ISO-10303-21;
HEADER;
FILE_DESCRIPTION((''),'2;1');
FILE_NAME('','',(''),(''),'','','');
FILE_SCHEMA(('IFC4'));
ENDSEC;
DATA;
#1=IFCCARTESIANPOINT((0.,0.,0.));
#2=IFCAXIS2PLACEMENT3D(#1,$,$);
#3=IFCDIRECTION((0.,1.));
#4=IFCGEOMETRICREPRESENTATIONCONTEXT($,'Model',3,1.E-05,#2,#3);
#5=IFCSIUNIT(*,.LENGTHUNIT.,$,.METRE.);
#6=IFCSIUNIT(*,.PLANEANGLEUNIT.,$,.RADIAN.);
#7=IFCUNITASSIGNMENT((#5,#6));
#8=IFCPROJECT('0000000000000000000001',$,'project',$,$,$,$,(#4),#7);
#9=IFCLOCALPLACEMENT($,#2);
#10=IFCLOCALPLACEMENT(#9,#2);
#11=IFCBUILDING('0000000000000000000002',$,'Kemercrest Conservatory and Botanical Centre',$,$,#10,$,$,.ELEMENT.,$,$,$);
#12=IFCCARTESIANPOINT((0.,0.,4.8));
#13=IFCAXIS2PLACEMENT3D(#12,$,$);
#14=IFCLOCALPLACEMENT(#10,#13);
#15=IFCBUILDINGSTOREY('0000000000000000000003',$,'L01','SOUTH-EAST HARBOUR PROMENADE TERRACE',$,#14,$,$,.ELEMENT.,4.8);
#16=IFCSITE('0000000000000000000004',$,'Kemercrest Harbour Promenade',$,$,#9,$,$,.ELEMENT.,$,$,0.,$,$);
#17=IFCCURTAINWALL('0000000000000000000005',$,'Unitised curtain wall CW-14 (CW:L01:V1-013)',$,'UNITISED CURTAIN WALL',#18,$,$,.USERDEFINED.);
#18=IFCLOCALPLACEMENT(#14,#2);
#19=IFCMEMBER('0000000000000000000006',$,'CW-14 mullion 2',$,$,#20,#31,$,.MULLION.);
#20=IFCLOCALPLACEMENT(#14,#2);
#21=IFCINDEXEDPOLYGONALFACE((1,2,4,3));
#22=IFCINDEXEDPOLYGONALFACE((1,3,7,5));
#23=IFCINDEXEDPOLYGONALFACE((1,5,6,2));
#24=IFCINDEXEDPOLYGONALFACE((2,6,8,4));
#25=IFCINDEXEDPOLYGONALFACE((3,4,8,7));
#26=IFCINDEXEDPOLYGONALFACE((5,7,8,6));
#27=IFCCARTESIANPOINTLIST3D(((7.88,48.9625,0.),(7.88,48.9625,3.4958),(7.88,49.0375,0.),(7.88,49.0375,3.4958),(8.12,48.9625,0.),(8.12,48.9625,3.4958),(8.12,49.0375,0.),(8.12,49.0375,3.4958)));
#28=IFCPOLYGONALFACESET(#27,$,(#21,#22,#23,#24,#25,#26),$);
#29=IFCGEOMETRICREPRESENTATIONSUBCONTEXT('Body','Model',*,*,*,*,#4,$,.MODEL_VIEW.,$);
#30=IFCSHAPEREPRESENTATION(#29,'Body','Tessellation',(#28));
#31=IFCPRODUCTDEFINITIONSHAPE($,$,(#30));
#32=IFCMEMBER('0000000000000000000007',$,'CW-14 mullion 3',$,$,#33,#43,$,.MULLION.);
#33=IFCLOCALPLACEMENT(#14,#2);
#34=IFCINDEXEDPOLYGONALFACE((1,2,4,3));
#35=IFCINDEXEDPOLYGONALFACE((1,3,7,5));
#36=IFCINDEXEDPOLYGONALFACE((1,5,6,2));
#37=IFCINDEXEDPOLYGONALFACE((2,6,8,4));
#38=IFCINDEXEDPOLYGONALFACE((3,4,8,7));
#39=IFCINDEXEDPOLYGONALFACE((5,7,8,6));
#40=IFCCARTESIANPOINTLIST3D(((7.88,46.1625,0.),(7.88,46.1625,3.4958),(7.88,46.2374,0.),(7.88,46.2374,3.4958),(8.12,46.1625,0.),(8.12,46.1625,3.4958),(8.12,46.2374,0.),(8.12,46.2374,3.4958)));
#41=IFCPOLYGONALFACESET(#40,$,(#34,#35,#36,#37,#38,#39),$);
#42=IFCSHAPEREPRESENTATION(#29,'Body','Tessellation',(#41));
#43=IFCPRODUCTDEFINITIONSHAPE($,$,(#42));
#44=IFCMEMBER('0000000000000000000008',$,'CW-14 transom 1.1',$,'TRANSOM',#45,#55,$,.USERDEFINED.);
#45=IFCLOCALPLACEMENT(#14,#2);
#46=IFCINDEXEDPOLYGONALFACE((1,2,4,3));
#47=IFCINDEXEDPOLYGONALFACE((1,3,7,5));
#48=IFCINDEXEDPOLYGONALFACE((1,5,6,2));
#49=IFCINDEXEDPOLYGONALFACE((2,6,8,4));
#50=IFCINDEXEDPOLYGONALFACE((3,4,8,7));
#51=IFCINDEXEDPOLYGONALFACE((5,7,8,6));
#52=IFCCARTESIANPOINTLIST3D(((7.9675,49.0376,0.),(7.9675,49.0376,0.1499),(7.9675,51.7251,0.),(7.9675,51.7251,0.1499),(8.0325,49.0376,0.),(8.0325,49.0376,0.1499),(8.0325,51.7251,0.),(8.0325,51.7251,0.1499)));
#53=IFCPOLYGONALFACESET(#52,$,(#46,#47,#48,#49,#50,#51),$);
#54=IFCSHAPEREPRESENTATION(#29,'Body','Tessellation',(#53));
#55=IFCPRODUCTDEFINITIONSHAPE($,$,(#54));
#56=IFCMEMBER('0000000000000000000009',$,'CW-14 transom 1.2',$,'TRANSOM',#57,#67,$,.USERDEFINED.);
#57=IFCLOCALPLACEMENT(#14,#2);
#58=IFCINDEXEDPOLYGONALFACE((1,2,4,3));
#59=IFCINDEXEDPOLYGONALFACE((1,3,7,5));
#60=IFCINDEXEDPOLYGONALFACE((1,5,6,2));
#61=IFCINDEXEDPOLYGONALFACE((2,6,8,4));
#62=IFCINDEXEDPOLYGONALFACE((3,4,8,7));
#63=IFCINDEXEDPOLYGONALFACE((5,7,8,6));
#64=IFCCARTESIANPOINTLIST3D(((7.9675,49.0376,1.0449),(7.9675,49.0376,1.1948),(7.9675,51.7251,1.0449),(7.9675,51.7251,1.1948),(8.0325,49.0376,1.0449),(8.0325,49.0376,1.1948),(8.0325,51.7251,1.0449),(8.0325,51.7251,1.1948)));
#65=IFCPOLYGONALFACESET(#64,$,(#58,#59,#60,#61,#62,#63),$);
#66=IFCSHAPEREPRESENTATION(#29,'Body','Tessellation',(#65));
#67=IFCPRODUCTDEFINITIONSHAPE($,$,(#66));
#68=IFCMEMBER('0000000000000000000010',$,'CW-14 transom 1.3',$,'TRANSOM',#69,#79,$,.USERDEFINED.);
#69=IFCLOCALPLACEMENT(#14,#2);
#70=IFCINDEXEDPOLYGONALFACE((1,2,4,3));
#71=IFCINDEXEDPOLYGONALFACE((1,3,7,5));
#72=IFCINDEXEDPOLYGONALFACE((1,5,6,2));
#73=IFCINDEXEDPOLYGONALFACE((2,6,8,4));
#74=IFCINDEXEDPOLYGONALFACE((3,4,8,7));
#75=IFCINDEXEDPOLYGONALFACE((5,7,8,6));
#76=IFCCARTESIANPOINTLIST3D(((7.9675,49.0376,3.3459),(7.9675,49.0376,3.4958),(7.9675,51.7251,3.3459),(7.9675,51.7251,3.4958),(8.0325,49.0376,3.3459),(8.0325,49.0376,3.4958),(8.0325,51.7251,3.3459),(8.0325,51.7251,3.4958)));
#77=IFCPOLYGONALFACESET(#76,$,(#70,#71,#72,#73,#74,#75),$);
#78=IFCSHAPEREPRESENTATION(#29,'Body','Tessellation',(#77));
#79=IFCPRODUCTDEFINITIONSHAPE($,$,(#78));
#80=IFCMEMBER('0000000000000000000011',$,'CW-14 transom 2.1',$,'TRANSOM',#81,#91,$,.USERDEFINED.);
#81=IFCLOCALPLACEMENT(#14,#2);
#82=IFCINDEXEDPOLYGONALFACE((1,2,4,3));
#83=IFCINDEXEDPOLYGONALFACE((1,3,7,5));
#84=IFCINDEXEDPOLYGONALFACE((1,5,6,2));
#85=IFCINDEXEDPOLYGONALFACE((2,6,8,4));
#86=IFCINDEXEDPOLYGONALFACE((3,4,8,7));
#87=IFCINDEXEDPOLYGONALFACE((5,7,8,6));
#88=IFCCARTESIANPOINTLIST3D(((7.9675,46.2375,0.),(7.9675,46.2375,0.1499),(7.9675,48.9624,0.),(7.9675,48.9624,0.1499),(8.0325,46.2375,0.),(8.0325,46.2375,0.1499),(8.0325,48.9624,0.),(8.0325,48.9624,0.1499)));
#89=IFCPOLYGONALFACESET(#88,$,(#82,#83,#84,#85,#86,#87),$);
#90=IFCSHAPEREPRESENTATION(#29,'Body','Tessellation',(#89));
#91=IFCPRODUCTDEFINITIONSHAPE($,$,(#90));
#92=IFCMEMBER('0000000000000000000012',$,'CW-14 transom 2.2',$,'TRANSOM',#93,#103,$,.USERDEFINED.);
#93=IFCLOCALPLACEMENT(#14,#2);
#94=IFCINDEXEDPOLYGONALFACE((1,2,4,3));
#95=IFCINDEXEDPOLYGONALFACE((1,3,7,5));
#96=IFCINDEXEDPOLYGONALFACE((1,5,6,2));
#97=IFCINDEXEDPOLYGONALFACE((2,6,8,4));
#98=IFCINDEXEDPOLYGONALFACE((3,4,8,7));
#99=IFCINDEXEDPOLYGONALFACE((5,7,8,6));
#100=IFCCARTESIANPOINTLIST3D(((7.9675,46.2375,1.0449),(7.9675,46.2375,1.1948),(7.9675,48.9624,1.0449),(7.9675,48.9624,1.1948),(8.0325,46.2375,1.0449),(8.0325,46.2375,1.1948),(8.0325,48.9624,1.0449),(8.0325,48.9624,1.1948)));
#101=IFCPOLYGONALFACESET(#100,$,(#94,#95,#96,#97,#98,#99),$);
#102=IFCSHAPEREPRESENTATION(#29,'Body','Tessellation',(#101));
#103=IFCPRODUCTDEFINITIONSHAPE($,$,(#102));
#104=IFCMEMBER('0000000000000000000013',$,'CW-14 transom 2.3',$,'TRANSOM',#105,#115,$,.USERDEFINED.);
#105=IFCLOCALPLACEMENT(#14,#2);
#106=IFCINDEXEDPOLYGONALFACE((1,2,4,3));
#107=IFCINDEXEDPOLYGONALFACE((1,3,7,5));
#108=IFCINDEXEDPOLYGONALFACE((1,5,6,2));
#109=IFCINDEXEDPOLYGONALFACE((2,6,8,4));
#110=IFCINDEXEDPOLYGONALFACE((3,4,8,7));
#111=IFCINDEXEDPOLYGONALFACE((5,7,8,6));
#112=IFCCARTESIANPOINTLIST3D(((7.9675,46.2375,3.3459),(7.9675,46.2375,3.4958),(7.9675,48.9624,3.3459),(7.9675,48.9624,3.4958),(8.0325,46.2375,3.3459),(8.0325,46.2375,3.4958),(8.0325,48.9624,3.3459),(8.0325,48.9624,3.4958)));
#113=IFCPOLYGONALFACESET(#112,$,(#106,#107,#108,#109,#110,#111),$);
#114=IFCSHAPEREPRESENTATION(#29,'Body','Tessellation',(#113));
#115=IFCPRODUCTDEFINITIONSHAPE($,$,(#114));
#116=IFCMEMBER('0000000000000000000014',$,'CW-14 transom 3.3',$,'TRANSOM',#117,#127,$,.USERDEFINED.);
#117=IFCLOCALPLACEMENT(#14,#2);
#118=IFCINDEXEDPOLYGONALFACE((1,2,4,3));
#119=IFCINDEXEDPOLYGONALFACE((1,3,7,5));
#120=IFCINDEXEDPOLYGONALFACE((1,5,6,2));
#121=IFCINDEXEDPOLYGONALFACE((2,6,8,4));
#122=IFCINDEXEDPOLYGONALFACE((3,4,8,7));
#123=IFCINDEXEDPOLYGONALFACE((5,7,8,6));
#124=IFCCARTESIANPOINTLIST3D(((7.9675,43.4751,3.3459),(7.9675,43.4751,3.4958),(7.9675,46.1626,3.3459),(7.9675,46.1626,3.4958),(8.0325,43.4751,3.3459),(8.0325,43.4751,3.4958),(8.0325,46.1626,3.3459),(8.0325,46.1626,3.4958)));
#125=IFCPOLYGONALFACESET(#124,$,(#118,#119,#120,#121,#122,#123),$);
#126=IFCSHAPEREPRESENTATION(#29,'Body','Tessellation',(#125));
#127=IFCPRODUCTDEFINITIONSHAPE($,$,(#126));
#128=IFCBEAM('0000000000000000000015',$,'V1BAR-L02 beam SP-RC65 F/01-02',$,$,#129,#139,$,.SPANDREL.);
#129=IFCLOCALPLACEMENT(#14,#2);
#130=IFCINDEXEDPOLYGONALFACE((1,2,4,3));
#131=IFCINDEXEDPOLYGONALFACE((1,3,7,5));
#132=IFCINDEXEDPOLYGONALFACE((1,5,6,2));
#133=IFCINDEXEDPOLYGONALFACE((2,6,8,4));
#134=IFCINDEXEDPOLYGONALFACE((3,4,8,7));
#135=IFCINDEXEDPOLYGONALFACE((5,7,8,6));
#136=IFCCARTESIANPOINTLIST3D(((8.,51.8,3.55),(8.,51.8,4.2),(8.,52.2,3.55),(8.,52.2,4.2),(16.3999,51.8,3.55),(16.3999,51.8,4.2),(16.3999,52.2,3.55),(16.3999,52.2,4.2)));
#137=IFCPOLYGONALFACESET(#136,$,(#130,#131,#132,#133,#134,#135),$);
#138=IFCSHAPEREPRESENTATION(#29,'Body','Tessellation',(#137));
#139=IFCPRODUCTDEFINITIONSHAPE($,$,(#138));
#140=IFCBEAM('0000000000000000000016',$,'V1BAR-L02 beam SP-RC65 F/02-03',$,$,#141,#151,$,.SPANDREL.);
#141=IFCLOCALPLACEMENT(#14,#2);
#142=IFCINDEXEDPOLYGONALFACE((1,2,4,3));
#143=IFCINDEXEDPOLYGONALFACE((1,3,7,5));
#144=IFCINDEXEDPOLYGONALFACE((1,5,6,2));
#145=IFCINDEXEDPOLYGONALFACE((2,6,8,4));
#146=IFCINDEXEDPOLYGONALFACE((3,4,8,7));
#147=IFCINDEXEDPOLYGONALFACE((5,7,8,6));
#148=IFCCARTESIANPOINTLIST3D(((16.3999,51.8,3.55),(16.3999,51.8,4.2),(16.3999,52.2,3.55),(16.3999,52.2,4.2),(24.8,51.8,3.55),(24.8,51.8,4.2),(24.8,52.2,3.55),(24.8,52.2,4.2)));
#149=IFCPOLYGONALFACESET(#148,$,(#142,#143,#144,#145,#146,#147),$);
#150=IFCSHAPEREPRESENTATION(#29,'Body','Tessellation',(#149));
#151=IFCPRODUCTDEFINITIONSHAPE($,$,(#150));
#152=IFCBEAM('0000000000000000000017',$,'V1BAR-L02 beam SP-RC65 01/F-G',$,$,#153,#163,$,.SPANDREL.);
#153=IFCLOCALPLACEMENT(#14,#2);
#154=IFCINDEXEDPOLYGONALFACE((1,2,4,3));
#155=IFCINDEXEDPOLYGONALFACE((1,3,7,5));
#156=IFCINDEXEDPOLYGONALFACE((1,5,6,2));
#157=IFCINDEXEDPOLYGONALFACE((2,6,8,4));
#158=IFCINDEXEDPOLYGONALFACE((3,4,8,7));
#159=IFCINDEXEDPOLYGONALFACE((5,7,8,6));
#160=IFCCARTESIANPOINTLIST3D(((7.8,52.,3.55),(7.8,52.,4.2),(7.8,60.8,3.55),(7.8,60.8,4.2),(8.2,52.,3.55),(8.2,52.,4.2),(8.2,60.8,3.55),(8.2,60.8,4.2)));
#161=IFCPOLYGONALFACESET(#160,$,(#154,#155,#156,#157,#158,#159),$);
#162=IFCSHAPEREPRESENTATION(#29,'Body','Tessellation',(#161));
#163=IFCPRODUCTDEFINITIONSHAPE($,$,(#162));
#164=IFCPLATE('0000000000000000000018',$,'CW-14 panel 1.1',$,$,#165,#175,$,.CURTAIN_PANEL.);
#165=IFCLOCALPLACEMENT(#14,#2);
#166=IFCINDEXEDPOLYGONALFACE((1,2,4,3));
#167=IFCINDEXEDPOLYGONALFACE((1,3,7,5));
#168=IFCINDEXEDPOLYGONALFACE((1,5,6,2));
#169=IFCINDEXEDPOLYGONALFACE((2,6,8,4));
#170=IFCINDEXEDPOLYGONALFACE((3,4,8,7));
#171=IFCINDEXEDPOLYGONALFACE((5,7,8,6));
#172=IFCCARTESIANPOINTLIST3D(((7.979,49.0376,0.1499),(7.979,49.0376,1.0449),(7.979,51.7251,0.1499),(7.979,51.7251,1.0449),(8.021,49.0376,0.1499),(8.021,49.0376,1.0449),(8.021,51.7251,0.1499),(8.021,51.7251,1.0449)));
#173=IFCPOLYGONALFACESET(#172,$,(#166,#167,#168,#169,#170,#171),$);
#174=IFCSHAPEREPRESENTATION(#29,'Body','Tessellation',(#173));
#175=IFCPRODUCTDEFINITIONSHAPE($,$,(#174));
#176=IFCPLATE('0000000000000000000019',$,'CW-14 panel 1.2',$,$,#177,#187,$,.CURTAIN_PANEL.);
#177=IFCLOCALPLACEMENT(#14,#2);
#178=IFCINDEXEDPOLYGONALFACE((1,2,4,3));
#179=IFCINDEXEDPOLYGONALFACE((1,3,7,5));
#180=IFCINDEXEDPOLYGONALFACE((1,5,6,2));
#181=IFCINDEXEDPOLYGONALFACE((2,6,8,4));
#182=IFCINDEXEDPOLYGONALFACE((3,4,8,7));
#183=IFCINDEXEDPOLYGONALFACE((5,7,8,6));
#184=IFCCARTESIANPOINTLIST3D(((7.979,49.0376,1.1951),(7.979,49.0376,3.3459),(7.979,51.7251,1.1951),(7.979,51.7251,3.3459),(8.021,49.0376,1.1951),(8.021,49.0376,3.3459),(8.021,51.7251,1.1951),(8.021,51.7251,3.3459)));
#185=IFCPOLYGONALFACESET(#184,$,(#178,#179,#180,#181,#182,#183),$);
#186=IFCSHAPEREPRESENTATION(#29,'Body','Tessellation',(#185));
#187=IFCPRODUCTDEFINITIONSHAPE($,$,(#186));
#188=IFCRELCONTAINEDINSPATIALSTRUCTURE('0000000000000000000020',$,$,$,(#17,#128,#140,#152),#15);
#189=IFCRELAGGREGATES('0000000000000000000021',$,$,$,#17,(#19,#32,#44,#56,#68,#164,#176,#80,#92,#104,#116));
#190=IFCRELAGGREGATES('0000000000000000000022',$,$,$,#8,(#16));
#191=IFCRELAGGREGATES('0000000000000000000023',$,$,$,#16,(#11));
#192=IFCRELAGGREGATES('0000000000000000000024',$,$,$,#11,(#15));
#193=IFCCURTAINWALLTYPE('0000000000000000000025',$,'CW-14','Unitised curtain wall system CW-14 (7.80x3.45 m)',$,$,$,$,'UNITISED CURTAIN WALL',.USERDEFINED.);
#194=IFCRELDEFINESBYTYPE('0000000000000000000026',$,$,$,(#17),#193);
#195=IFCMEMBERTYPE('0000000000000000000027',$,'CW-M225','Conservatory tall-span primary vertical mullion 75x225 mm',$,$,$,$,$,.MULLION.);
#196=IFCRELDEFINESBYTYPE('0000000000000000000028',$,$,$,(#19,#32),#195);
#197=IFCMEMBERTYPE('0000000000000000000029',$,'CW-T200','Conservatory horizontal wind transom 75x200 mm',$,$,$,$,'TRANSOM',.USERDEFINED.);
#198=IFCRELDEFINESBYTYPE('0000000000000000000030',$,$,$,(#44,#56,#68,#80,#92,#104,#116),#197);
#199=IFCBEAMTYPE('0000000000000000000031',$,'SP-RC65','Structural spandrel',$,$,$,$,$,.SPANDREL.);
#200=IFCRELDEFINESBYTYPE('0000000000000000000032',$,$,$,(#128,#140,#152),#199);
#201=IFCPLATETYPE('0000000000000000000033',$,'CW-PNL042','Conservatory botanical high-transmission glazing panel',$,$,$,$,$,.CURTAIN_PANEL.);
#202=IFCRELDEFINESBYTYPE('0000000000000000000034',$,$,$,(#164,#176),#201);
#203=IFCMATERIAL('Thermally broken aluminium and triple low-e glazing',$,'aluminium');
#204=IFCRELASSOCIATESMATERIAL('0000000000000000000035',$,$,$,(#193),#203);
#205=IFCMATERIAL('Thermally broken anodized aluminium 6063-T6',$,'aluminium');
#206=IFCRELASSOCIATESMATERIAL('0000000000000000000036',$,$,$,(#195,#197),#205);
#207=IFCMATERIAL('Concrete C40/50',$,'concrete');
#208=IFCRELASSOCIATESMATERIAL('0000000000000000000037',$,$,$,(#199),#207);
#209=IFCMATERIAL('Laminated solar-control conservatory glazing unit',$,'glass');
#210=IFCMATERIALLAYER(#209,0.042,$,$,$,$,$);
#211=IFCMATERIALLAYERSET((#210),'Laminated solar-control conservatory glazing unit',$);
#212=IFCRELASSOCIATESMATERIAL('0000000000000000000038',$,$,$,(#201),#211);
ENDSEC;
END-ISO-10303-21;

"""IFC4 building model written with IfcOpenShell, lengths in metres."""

from ifc_helpers import new_model, si_unit, direction, frame, origin, origin_2d, place, context, subcontext, project, spatial, rectangle, extrude, material, layer, layer_set, material_profile, profile_set, type_object, element, aggregate, save


model = new_model("IFC4")

# Units and contexts
model_context = context("Model", 3, precision=1e-05, world=origin(), true_north=direction((0.0, 1.0)))
body_context = subcontext(model_context, "Body", "Model", "MODEL_VIEW")
ifc_project = project(units=[si_unit("LENGTHUNIT", "METRE"), si_unit("PLANEANGLEUNIT", "RADIAN")], contexts=[model_context])

# Site, building, storey
site_placement = place(None, origin())
site = spatial("IfcSite", under=ifc_project, at=site_placement, Name="Kemercrest Harbour Promenade", CompositionType="ELEMENT", RefElevation=0.0)
building_placement = place(site_placement, origin())
building = spatial("IfcBuilding", under=site, at=building_placement, Name="Kemercrest Conservatory and Botanical Centre", CompositionType="ELEMENT")
storey_placement = place(building_placement, frame((0.0, 0.0, 4.8)))
storey = spatial("IfcBuildingStorey", under=building, at=storey_placement, Name="L01", Description="SOUTH-EAST HARBOUR PROMENADE TERRACE", CompositionType="ELEMENT", Elevation=4.8)

# Shared definitions
ifc_material_1 = material(Name="Concrete C40/50", Category="concrete")

# Curtain wall, members
ifc_material_2 = material(Name="Thermally broken aluminium and triple low-e glazing", Category="aluminium")
curtain_wall_type = type_object("IfcCurtainWallType", Name="CW-14", Description="Unitised curtain wall system CW-14 (7.80x3.45 m)", ElementType="UNITISED CURTAIN WALL", PredefinedType="USERDEFINED", material=ifc_material_2)
curtain_wall_placement = place(storey_placement, origin())
curtain_wall = element("IfcCurtainWall", 1, at=curtain_wall_placement, inside=storey, type_object=curtain_wall_type, Name="Unitised curtain wall CW-14 (CW:L01:V1-013)", ObjectType="UNITISED CURTAIN WALL", PredefinedType="USERDEFINED")
ifc_material_3 = material(Name="Thermally broken anodized aluminium 6063-T6", Category="aluminium")
ifc_material_profile_1 = material_profile(ifc_material_3, rectangle(XDim=0.24, YDim=0.075, at=origin_2d()), Name="AL MULLION 75x240")
ifc_profile_set_1 = profile_set([ifc_material_profile_1], Name="Thermally broken anodized aluminium 6063-T6")
member_type_1 = type_object("IfcMemberType", Name="CW-M225", Description="Conservatory tall-span primary vertical mullion 75x225 mm", PredefinedType="MULLION", material=ifc_profile_set_1)
member_1_placement = place(storey_placement, frame((8.0, 49.0, 0.0), z_axis=(0.0, 0.0, 1.0), x_axis=(1.0, 0.0, 0.0)))
member_1 = element("IfcMember", 2, at=member_1_placement, type_object=member_type_1, Name="CW-14 mullion 2", PredefinedType="MULLION", context=body_context, shape_type="SweptSolid", body=[
    extrude(rectangle(XDim=0.24, YDim=0.075, at=origin_2d()), origin(), (0.0, 0.0, 1.0), 3.4958),
])
member_2_placement = place(storey_placement, frame((8.0, 46.2, 0.0), z_axis=(0.0, 0.0, 1.0), x_axis=(1.0, 0.0, 0.0)))
member_2 = element("IfcMember", 3, at=member_2_placement, type_object=member_type_1, Name="CW-14 mullion 3", PredefinedType="MULLION", context=body_context, shape_type="SweptSolid", body=[
    extrude(rectangle(XDim=0.24, YDim=0.075, at=origin_2d()), origin(), (0.0, 0.0, 1.0), 3.4958),
])
ifc_material_profile_2 = material_profile(ifc_material_3, rectangle(XDim=0.0649, YDim=0.1499, at=origin_2d()), Name="AL TRANSOM 65x150")
ifc_profile_set_2 = profile_set([ifc_material_profile_2], Name="Thermally broken anodized aluminium 6063-T6")
member_type_2 = type_object("IfcMemberType", Name="CW-T200", Description="Conservatory horizontal wind transom 75x200 mm", ElementType="TRANSOM", PredefinedType="USERDEFINED", material=ifc_profile_set_2)
member_3_placement = place(storey_placement, frame((8.0, 51.7251, 0.075), z_axis=(0.0, -1.0, 0.0), x_axis=(1.0, 0.0, 0.0)))
member_3 = element("IfcMember", 4, at=member_3_placement, type_object=member_type_2, Name="CW-14 transom 1.1", ObjectType="TRANSOM", PredefinedType="USERDEFINED", context=body_context, shape_type="SweptSolid", body=[
    extrude(rectangle(XDim=0.0649, YDim=0.1499, at=origin_2d()), origin(), (0.0, 0.0, 1.0), 2.6875),
])
member_4_placement = place(storey_placement, frame((8.0, 51.7251, 1.1199), z_axis=(0.0, -1.0, 0.0), x_axis=(1.0, 0.0, 0.0)))
member_4 = element("IfcMember", 5, at=member_4_placement, type_object=member_type_2, Name="CW-14 transom 1.2", ObjectType="TRANSOM", PredefinedType="USERDEFINED", context=body_context, shape_type="SweptSolid", body=[
    extrude(rectangle(XDim=0.0649, YDim=0.1499, at=origin_2d()), origin(), (0.0, 0.0, 1.0), 2.6875),
])
member_5_placement = place(storey_placement, frame((8.0, 51.7251, 3.4209), z_axis=(0.0, -1.0, 0.0), x_axis=(1.0, 0.0, 0.0)))
member_5 = element("IfcMember", 6, at=member_5_placement, type_object=member_type_2, Name="CW-14 transom 1.3", ObjectType="TRANSOM", PredefinedType="USERDEFINED", context=body_context, shape_type="SweptSolid", body=[
    extrude(rectangle(XDim=0.0649, YDim=0.1499, at=origin_2d()), origin(), (0.0, 0.0, 1.0), 2.6875),
])
member_6_placement = place(storey_placement, frame((8.0, 48.9624, 0.075), z_axis=(0.0, -1.0, 0.0), x_axis=(1.0, 0.0, 0.0)))
member_6 = element("IfcMember", 7, at=member_6_placement, type_object=member_type_2, Name="CW-14 transom 2.1", ObjectType="TRANSOM", PredefinedType="USERDEFINED", context=body_context, shape_type="SweptSolid", body=[
    extrude(rectangle(XDim=0.0649, YDim=0.1499, at=origin_2d()), origin(), (0.0, 0.0, 1.0), 2.7249),
])
member_7_placement = place(storey_placement, frame((8.0, 48.9624, 1.1199), z_axis=(0.0, -1.0, 0.0), x_axis=(1.0, 0.0, 0.0)))
member_7 = element("IfcMember", 8, at=member_7_placement, type_object=member_type_2, Name="CW-14 transom 2.2", ObjectType="TRANSOM", PredefinedType="USERDEFINED", context=body_context, shape_type="SweptSolid", body=[
    extrude(rectangle(XDim=0.0649, YDim=0.1499, at=origin_2d()), origin(), (0.0, 0.0, 1.0), 2.7249),
])
member_8_placement = place(storey_placement, frame((8.0, 48.9624, 3.4209), z_axis=(0.0, -1.0, 0.0), x_axis=(1.0, 0.0, 0.0)))
member_8 = element("IfcMember", 9, at=member_8_placement, type_object=member_type_2, Name="CW-14 transom 2.3", ObjectType="TRANSOM", PredefinedType="USERDEFINED", context=body_context, shape_type="SweptSolid", body=[
    extrude(rectangle(XDim=0.0649, YDim=0.1499, at=origin_2d()), origin(), (0.0, 0.0, 1.0), 2.7249),
])
member_9_placement = place(storey_placement, frame((8.0, 46.1626, 3.4209), z_axis=(0.0, -1.0, 0.0), x_axis=(1.0, 0.0, 0.0)))
member_9 = element("IfcMember", 10, at=member_9_placement, type_object=member_type_2, Name="CW-14 transom 3.3", ObjectType="TRANSOM", PredefinedType="USERDEFINED", context=body_context, shape_type="SweptSolid", body=[
    extrude(rectangle(XDim=0.0649, YDim=0.1499, at=origin_2d()), origin(), (0.0, 0.0, 1.0), 2.6875),
])

# Beams
ifc_material_profile_3 = material_profile(ifc_material_1, rectangle(XDim=0.3999, YDim=0.6499, at=origin_2d()), Name="RC 400x650")
ifc_profile_set_3 = profile_set([ifc_material_profile_3], Name="Concrete C40/50")
beam_type_1 = type_object("IfcBeamType", Name="SP-RC65", Description="Structural spandrel", PredefinedType="SPANDREL", material=ifc_profile_set_3)
beam_1_placement = place(storey_placement, frame((8.0, 52.0, 3.875), z_axis=(1.0, 0.0, 0.0), x_axis=(0.0, 1.0, 0.0)))
element("IfcBeam", 11, at=beam_1_placement, inside=storey, type_object=beam_type_1, Name="V1BAR-L02 beam SP-RC65 F/01-02", PredefinedType="SPANDREL", context=body_context, shape_type="SweptSolid", body=[
    extrude(rectangle(XDim=0.3999, YDim=0.6499, at=origin_2d()), origin(), (0.0, 0.0, 1.0), 8.3999),
])
beam_2_placement = place(storey_placement, frame((16.3999, 52.0, 3.875), z_axis=(1.0, 0.0, 0.0), x_axis=(0.0, 1.0, 0.0)))
element("IfcBeam", 12, at=beam_2_placement, inside=storey, type_object=beam_type_1, Name="V1BAR-L02 beam SP-RC65 F/02-03", PredefinedType="SPANDREL", context=body_context, shape_type="SweptSolid", body=[
    extrude(rectangle(XDim=0.3999, YDim=0.6499, at=origin_2d()), origin(), (0.0, 0.0, 1.0), 8.4001),
])
beam_3_placement = place(storey_placement, frame((8.0, 52.0, 3.875), z_axis=(0.0, 1.0, 0.0), x_axis=(-1.0, 0.0, 0.0)))
element("IfcBeam", 13, at=beam_3_placement, inside=storey, type_object=beam_type_1, Name="V1BAR-L02 beam SP-RC65 01/F-G", PredefinedType="SPANDREL", context=body_context, shape_type="SweptSolid", body=[
    extrude(rectangle(XDim=0.3999, YDim=0.6499, at=origin_2d()), origin(), (0.0, 0.0, 1.0), 8.8),
])

# Plates
ifc_material_4 = material(Name="Laminated solar-control conservatory glazing unit", Category="glass")
ifc_layer_1 = layer(ifc_material_4, 0.042)
ifc_layer_set_1 = layer_set([ifc_layer_1], Name="Laminated solar-control conservatory glazing unit")
plate_type = type_object("IfcPlateType", Name="CW-PNL042", Description="Conservatory botanical high-transmission glazing panel", PredefinedType="CURTAIN_PANEL", material=ifc_layer_set_1)
plate_1_placement = place(storey_placement, frame((8.0, 50.3813, 0.1499), z_axis=(0.0, 0.0, 1.0), x_axis=(0.0, -1.0, 0.0)))
plate_1 = element("IfcPlate", 14, at=plate_1_placement, type_object=plate_type, Name="CW-14 panel 1.1", PredefinedType="CURTAIN_PANEL", context=body_context, shape_type="SweptSolid", body=[
    extrude(rectangle(XDim=2.6875, YDim=0.042, at=origin_2d()), origin(), (0.0, 0.0, 1.0), 0.895),
])
plate_2_placement = place(storey_placement, frame((8.0, 50.3813, 1.1951), z_axis=(0.0, 0.0, 1.0), x_axis=(0.0, -1.0, 0.0)))
plate_2 = element("IfcPlate", 15, at=plate_2_placement, type_object=plate_type, Name="CW-14 panel 1.2", PredefinedType="CURTAIN_PANEL", context=body_context, shape_type="SweptSolid", body=[
    extrude(rectangle(XDim=2.6875, YDim=0.042, at=origin_2d()), origin(), (0.0, 0.0, 1.0), 2.1509),
])
aggregate(curtain_wall, [member_1, member_2, member_3, member_4, member_5, plate_1, plate_2, member_6, member_7, member_8, member_9])

save(model, "model.ifc")
